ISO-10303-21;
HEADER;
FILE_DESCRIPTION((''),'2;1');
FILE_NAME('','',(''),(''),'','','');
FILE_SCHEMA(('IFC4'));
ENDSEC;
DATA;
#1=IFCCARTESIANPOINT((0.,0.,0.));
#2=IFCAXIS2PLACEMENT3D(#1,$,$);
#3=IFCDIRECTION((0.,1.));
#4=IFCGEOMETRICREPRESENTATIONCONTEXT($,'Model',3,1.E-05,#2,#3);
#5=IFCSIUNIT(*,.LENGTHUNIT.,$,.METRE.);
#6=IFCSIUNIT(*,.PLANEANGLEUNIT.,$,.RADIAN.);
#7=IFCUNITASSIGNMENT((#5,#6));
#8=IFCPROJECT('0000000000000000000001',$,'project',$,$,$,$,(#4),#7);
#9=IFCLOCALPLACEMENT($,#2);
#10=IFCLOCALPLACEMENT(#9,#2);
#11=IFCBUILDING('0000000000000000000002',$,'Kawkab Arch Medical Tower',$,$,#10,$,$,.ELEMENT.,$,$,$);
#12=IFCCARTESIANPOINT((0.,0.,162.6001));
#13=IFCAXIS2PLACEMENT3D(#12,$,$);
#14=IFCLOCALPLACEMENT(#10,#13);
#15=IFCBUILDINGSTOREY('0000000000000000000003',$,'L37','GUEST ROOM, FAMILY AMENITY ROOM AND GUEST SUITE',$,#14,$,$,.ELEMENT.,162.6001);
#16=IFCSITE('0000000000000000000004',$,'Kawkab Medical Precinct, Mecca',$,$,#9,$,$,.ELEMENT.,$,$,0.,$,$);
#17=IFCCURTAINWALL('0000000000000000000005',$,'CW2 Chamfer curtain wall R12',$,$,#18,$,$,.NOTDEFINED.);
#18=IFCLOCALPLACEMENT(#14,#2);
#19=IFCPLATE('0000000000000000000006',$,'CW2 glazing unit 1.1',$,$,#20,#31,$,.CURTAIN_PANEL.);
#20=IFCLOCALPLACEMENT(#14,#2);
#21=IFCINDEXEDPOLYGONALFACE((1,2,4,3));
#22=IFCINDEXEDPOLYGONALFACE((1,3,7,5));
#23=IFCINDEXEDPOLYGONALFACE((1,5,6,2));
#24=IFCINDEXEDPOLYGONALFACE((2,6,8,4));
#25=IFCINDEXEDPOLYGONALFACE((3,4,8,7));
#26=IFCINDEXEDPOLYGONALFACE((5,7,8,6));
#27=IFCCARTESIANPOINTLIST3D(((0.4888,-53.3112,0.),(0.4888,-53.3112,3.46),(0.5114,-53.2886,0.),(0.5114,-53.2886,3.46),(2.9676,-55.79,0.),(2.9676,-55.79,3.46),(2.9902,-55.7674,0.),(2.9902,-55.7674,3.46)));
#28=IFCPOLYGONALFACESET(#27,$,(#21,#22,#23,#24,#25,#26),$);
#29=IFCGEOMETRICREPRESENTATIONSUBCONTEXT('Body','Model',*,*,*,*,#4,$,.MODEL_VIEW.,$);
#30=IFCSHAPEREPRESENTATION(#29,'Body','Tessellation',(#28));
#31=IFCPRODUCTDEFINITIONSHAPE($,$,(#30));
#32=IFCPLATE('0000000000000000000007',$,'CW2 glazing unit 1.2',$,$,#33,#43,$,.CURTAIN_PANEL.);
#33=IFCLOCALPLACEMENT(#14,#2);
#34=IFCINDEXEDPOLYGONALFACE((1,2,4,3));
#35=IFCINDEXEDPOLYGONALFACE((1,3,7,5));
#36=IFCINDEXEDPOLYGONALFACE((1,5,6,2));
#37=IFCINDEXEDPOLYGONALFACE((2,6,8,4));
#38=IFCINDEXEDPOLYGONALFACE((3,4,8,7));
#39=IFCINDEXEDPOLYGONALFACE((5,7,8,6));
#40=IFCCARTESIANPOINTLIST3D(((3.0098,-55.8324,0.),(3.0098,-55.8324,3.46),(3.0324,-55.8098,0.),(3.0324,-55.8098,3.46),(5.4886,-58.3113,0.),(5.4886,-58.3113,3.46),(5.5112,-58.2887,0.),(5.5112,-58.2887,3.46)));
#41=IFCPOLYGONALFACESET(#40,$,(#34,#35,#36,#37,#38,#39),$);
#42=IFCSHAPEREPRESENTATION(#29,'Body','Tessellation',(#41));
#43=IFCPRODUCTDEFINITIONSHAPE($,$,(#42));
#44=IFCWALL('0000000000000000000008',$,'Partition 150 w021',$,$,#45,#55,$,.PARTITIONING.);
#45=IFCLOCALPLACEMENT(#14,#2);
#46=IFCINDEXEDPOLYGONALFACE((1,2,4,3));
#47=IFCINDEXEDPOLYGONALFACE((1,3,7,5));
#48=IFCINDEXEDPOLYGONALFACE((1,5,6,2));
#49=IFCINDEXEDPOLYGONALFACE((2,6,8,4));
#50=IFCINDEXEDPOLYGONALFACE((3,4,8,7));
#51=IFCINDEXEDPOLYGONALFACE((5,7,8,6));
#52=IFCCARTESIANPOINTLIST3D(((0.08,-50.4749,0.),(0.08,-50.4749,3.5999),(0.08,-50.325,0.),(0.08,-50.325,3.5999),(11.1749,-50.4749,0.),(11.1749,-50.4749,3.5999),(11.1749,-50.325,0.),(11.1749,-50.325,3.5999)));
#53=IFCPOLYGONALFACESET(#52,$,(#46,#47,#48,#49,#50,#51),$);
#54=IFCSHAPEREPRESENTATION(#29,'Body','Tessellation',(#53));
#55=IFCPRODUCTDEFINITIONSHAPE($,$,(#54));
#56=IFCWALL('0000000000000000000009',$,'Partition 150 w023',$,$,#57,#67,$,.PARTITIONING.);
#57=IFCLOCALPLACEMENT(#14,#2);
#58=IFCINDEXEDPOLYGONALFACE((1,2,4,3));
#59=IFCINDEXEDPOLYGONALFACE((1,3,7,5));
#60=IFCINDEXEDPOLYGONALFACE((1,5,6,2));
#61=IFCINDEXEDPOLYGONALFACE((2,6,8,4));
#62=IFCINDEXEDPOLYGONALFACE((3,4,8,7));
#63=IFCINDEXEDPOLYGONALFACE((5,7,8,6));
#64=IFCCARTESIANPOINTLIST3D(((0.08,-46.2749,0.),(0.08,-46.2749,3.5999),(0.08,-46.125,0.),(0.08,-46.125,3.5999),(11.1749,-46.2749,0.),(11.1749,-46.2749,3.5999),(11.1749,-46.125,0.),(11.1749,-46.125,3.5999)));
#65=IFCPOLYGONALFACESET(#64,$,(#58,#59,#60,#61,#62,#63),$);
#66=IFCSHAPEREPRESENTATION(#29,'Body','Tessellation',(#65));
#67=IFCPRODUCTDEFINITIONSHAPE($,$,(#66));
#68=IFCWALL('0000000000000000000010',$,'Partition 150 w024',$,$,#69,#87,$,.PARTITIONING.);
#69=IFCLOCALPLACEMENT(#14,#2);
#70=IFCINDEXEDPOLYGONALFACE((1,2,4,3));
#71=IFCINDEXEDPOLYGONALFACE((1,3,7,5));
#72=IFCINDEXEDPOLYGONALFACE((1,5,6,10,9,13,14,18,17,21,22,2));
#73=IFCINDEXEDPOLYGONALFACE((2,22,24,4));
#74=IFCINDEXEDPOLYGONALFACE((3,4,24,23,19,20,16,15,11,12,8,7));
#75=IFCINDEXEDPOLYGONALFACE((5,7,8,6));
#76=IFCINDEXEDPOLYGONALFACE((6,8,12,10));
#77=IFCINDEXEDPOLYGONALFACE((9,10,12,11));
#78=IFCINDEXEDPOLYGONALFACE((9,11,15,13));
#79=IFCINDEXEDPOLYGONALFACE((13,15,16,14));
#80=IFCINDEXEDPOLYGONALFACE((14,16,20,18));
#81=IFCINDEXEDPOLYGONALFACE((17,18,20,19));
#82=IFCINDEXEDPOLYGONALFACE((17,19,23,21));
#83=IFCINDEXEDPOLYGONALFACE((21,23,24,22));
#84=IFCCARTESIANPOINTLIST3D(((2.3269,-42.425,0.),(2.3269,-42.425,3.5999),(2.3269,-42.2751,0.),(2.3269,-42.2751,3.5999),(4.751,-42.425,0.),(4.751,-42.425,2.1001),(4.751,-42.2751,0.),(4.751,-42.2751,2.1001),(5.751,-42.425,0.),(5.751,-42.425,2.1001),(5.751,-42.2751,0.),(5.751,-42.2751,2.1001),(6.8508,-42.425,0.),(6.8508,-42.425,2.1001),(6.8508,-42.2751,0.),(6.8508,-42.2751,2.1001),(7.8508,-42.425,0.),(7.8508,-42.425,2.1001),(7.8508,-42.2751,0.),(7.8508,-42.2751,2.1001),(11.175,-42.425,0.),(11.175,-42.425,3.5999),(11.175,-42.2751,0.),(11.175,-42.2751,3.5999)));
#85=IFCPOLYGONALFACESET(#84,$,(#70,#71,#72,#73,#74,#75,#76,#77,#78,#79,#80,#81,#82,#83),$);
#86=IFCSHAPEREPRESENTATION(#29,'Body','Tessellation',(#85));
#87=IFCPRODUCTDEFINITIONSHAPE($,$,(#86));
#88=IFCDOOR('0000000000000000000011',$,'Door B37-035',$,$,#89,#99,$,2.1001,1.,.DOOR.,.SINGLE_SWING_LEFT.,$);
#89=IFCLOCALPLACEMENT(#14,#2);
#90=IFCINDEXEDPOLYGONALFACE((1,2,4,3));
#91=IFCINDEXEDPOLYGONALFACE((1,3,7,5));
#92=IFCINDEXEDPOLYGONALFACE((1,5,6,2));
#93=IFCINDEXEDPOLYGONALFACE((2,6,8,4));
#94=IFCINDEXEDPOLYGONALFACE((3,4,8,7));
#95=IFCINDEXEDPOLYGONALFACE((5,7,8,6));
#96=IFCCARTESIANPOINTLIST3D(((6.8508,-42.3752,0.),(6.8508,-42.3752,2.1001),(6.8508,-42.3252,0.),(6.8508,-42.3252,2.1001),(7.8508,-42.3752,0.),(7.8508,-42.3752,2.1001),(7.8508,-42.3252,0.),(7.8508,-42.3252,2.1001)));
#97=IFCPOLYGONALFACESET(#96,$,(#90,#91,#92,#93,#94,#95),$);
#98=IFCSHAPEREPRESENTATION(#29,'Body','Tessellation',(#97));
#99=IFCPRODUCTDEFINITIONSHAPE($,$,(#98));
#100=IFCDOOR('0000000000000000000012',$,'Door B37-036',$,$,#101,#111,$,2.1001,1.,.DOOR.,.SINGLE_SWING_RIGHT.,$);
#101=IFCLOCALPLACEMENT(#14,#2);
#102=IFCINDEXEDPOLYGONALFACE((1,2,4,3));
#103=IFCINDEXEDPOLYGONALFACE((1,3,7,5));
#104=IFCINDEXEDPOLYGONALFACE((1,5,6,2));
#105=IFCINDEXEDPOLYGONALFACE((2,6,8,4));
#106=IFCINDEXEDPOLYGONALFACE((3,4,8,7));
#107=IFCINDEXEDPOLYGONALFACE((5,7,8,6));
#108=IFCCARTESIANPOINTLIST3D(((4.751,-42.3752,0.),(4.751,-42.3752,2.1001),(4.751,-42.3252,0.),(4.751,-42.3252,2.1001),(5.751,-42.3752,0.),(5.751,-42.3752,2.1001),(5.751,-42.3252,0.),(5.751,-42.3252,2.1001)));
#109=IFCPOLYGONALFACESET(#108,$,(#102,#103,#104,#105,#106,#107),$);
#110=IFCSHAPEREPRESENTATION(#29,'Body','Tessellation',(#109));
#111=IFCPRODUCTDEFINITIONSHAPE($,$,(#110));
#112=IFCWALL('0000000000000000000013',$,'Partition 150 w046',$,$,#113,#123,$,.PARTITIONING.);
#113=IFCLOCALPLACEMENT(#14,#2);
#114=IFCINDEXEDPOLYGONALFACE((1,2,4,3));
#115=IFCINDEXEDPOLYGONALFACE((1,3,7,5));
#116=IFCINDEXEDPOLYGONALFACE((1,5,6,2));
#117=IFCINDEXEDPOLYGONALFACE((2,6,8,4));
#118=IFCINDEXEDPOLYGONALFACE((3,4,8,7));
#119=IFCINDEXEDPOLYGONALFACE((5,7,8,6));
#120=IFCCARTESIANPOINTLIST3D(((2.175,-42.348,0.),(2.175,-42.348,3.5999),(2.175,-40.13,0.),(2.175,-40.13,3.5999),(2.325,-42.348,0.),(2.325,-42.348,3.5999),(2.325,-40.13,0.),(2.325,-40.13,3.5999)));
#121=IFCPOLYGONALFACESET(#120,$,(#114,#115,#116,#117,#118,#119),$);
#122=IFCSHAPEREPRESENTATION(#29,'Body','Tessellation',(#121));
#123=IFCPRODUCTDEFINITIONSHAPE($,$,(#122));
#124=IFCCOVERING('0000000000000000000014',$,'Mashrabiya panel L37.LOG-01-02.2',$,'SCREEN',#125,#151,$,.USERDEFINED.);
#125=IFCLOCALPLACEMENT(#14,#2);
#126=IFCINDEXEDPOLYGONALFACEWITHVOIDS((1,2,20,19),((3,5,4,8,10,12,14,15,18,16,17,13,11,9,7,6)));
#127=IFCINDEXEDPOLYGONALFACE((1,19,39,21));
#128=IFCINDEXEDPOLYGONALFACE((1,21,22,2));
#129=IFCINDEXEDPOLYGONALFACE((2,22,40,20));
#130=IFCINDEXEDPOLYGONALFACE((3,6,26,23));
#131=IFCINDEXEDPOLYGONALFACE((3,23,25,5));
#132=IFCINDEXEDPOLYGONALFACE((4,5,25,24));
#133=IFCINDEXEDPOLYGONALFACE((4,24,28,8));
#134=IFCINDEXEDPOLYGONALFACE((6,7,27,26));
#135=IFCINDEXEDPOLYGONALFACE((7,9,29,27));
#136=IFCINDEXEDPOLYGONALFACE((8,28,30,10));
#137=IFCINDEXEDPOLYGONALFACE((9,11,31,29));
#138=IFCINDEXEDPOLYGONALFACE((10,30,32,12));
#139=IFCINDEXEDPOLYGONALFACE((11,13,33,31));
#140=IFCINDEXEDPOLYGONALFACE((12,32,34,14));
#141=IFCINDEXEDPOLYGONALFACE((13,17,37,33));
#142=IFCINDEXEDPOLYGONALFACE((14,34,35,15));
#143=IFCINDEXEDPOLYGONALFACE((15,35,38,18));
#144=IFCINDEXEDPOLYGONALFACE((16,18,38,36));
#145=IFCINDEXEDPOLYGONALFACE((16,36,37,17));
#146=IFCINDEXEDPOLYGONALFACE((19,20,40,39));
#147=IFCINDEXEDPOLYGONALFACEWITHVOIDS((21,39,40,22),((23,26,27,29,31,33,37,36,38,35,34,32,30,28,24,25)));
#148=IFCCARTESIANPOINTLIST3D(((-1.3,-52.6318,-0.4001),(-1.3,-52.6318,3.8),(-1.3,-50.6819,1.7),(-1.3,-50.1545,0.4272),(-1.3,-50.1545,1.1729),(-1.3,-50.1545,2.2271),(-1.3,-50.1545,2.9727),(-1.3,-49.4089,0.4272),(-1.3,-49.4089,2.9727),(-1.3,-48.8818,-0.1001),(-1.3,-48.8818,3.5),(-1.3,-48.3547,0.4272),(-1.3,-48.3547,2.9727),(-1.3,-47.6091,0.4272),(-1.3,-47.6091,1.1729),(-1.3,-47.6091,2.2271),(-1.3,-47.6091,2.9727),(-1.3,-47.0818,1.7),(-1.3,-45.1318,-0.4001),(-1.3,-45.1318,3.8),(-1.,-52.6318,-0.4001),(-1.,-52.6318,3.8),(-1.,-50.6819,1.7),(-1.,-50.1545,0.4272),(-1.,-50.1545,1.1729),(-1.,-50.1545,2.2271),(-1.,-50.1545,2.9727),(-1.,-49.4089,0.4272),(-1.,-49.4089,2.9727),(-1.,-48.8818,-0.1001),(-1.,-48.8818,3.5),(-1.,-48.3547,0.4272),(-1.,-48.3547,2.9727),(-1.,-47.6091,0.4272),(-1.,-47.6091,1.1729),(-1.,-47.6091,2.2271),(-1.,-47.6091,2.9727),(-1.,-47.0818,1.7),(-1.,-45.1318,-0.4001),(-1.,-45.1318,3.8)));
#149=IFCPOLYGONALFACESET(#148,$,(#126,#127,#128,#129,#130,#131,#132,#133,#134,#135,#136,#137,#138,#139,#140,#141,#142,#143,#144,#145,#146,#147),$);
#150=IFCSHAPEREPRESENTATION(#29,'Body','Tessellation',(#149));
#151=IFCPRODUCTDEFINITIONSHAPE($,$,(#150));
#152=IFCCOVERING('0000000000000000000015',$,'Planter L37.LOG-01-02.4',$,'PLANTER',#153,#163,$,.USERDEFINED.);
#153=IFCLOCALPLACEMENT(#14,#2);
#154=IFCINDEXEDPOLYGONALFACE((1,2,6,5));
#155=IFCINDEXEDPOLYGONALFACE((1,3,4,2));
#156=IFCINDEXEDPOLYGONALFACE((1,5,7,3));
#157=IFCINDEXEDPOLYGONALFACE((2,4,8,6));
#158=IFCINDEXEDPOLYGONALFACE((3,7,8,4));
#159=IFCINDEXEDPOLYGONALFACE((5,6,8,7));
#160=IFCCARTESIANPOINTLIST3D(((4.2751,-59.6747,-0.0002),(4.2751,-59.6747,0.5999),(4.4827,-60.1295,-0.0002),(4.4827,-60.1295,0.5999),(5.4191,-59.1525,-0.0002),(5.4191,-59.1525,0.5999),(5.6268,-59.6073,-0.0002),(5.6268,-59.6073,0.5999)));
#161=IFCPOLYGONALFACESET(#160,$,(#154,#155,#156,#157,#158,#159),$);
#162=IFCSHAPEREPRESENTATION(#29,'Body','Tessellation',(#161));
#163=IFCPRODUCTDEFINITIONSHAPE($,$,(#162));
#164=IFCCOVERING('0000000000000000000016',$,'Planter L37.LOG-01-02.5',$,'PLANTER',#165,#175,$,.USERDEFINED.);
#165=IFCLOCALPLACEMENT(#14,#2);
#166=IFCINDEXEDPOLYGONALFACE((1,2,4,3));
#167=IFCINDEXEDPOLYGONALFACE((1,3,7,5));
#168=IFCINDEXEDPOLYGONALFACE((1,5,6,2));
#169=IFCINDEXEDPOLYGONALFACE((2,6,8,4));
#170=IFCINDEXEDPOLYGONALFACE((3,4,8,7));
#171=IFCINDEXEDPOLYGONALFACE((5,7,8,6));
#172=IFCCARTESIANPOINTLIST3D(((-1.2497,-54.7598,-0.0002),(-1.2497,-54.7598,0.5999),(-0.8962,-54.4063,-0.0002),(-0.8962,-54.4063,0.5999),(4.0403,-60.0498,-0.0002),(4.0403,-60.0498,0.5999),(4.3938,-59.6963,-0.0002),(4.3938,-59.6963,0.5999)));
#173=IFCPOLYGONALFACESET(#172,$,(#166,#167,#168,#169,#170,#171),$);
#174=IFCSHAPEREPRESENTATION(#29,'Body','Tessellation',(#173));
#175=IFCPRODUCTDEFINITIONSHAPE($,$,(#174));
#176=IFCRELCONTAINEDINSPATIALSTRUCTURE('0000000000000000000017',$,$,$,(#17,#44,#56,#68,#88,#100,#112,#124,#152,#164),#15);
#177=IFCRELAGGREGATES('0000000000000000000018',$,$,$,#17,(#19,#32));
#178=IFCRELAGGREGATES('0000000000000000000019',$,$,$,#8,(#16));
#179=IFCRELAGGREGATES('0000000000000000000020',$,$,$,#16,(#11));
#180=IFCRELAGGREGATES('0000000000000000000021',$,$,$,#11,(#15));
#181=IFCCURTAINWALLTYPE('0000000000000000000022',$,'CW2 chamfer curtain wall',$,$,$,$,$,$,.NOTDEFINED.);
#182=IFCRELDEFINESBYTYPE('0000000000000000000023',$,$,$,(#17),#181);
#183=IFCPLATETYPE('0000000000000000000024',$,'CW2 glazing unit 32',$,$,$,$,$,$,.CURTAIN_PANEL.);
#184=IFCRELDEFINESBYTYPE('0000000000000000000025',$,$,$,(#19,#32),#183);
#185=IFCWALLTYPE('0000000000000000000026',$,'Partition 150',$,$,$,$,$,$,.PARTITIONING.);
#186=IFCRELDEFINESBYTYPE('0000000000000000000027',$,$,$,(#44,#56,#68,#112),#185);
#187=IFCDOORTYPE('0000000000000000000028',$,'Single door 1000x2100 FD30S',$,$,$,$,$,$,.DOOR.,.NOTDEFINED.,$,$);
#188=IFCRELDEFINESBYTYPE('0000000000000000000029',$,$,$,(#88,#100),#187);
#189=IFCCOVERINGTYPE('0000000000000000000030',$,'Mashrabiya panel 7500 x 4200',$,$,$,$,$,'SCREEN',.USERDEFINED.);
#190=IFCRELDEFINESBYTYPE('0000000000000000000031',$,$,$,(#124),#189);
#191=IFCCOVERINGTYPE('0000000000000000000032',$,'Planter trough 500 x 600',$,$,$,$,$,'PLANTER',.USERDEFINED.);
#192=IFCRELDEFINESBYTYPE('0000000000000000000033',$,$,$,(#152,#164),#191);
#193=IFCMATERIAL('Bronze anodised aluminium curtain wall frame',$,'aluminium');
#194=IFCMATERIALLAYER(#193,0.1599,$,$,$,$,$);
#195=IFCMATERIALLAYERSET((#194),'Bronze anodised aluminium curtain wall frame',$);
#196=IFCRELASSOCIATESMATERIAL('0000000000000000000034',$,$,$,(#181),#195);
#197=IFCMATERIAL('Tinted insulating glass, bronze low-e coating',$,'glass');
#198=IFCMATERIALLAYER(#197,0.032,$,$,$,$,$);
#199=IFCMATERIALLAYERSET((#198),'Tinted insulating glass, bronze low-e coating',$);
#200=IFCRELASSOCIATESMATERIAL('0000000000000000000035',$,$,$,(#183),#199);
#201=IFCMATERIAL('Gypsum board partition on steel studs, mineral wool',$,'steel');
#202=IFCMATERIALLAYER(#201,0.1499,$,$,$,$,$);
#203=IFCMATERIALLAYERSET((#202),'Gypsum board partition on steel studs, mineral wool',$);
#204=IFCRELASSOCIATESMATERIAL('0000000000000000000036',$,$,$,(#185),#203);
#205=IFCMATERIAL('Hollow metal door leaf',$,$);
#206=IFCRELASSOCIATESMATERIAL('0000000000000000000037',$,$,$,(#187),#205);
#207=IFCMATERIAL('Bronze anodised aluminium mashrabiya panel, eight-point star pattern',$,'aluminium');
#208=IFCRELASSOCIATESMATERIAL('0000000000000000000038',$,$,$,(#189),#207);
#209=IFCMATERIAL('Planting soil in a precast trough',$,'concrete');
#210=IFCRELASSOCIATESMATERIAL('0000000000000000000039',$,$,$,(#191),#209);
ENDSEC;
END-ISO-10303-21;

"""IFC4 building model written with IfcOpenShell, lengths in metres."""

from ifc_helpers import new_model, si_unit, direction, frame, frame_2d, origin, origin_2d, place, context, subcontext, project, spatial, polyline, rectangle, outline, extrude, material, layer, layer_set, material_profile, profile_set, type_object, element, fill, aggregate, save


model = new_model("IFC4")

# Units and contexts
model_context = context("Model", 3, precision=1e-05, world=origin(), true_north=direction((0.0, 1.0)))
body_context = subcontext(model_context, "Body", "Model", "MODEL_VIEW")
ifc_project = project(units=[si_unit("LENGTHUNIT", "METRE"), si_unit("PLANEANGLEUNIT", "RADIAN")], contexts=[model_context])

# Site, building, storey
site_placement = place(None, origin())
site = spatial("IfcSite", under=ifc_project, at=site_placement, Name="Kawkab Medical Precinct, Mecca", CompositionType="ELEMENT", RefElevation=0.0)
building_placement = place(site_placement, origin())
building = spatial("IfcBuilding", under=site, at=building_placement, Name="Kawkab Arch Medical Tower", CompositionType="ELEMENT")
storey_placement = place(building_placement, frame((0.0, 0.0, 162.6001)))
storey = spatial("IfcBuildingStorey", under=building, at=storey_placement, Name="L37", Description="GUEST ROOM, FAMILY AMENITY ROOM AND GUEST SUITE", CompositionType="ELEMENT", Elevation=162.6001)

# Shared definitions
placement = place(storey_placement, origin())

# Curtain wall
ifc_material_1 = material(Name="Bronze anodised aluminium curtain wall frame", Category="aluminium")
ifc_layer_1 = layer(ifc_material_1, 0.1599)
ifc_layer_set_1 = layer_set([ifc_layer_1], Name="Bronze anodised aluminium curtain wall frame")
curtain_wall_type_1 = type_object("IfcCurtainWallType", Name="CW2 chamfer curtain wall", PredefinedType="NOTDEFINED", material=ifc_layer_set_1)
curtain_wall_1 = element("IfcCurtainWall", 1, at=placement, inside=storey, type_object=curtain_wall_type_1, Name="CW2 Chamfer curtain wall R12", PredefinedType="NOTDEFINED")

# Plates
ifc_material_2 = material(Name="Tinted insulating glass, bronze low-e coating", Category="glass")
ifc_layer_2 = layer(ifc_material_2, 0.032)
ifc_layer_set_2 = layer_set([ifc_layer_2], Name="Tinted insulating glass, bronze low-e coating")
plate_type_1 = type_object("IfcPlateType", Name="CW2 glazing unit 32", PredefinedType="CURTAIN_PANEL", material=ifc_layer_set_2)
plate_1_placement = place(storey_placement, frame((1.7395, -54.5393, 0.0), z_axis=(0.0, 0.0, 1.0), x_axis=(0.707107, -0.707107, 0.0)))
plate_1 = element("IfcPlate", 2, at=plate_1_placement, type_object=plate_type_1, Name="CW2 glazing unit 1.1", PredefinedType="CURTAIN_PANEL", context=body_context, shape_type="SweptSolid", body=[
    extrude(rectangle(XDim=3.5056, YDim=0.032, at=origin_2d()), origin(), (0.0, 0.0, 1.0), 3.46),
])
plate_2_placement = place(storey_placement, frame((4.2605, -57.0605, 0.0), z_axis=(0.0, 0.0, 1.0), x_axis=(0.707107, -0.707107, 0.0)))
plate_2 = element("IfcPlate", 3, at=plate_2_placement, type_object=plate_type_1, Name="CW2 glazing unit 1.2", PredefinedType="CURTAIN_PANEL", context=body_context, shape_type="SweptSolid", body=[
    extrude(rectangle(XDim=3.5056, YDim=0.032, at=origin_2d()), origin(), (0.0, 0.0, 1.0), 3.46),
])
aggregate(curtain_wall_1, [plate_1, plate_2])

# Walls
ifc_material_3 = material(Name="Gypsum board partition on steel studs, mineral wool", Category="steel")
ifc_layer_3 = layer(ifc_material_3, 0.1499)
ifc_layer_set_3 = layer_set([ifc_layer_3], Name="Gypsum board partition on steel studs, mineral wool")
wall_type = type_object("IfcWallType", Name="Partition 150", PredefinedType="PARTITIONING", material=ifc_layer_set_3)
for number, where, z_axis, x_axis, name in (
    (4, (0.0801, -50.3999, 0.0), (0.0, 0.0, 1.0), (1.0, 0.0, 0.0), "Partition 150 w021"),
    (5, (0.0801, -46.2, 0.0), (0.0, 0.0, 1.0), (1.0, 0.0, 0.0), "Partition 150 w023"),
):
    element("IfcWall", number, at=place(storey_placement, frame(where, z_axis=z_axis, x_axis=x_axis)), inside=storey, type_object=wall_type, Name=name, PredefinedType="PARTITIONING", context=body_context, shape_type="SweptSolid", body=[
        extrude(rectangle(XDim=11.095, YDim=0.1499, at=frame_2d((5.5474, 0.0))), origin(), (0.0, 0.0, 1.0), 3.5999),
    ])

# Wall, openings, doors
wall_1_placement = place(storey_placement, frame((2.3269, -42.3501, 0.0), z_axis=(0.0, 0.0, 1.0), x_axis=(1.0, 0.0, 0.0)))
wall_1 = element("IfcWall", 6, at=wall_1_placement, inside=storey, type_object=wall_type, Name="Partition 150 w024", PredefinedType="PARTITIONING", context=body_context, shape_type="SweptSolid", body=[
    extrude(rectangle(XDim=8.8481, YDim=0.1499, at=frame_2d((4.4241, 0.0))), origin(), (0.0, 0.0, 1.0), 3.5999),
])
opening_1_placement = place(wall_1_placement, frame((4.5239, 0.0, 0.0)))
opening_1 = element("IfcOpeningElement", 7, at=opening_1_placement, cuts=wall_1, PredefinedType="OPENING", context=body_context, shape_type="SweptSolid", body=[
    extrude(rectangle(XDim=1.0, YDim=2.1001, at=frame_2d((0.5, 1.05))), frame((0.0, 0.085, 0.0), z_axis=(0.0, -1.0, 0.0), x_axis=(1.0, 0.0, 0.0)), (0.0, 0.0, 1.0), 0.1699),
])
opening_2_placement = place(wall_1_placement, frame((2.4241, 0.0, 0.0)))
opening_2 = element("IfcOpeningElement", 8, at=opening_2_placement, cuts=wall_1, PredefinedType="OPENING", context=body_context, shape_type="SweptSolid", body=[
    extrude(rectangle(XDim=1.0, YDim=2.1001, at=frame_2d((0.5, 1.05))), frame((0.0, 0.085, 0.0), z_axis=(0.0, -1.0, 0.0), x_axis=(1.0, 0.0, 0.0)), (0.0, 0.0, 1.0), 0.1699),
])
ifc_material_4 = material(Name="Hollow metal door leaf")
door_type = type_object("IfcDoorType", Name="Single door 1000x2100 FD30S", OperationType="NOTDEFINED", PredefinedType="DOOR", material=ifc_material_4)
door_1_placement = place(opening_1_placement, origin())
door_1 = element("IfcDoor", 9, at=door_1_placement, inside=storey, type_object=door_type, Name="Door B37-035", OperationType="SINGLE_SWING_LEFT", OverallHeight=2.1001, OverallWidth=1.0, PredefinedType="DOOR", context=body_context, shape_type="SweptSolid", body=[
    extrude(rectangle(XDim=1.0, YDim=2.1001, at=frame_2d((0.5, 1.05))), frame((0.0, 0.0249, 0.0), z_axis=(0.0, -1.0, 0.0), x_axis=(1.0, 0.0, 0.0)), (0.0, 0.0, 1.0), 0.05),
])
fill(opening_1, door_1)
door_2_placement = place(opening_2_placement, origin())
door_2 = element("IfcDoor", 10, at=door_2_placement, inside=storey, type_object=door_type, Name="Door B37-036", OperationType="SINGLE_SWING_RIGHT", OverallHeight=2.1001, OverallWidth=1.0, PredefinedType="DOOR", context=body_context, shape_type="SweptSolid", body=[
    extrude(rectangle(XDim=1.0, YDim=2.1001, at=frame_2d((0.5, 1.05))), frame((0.0, 0.0249, 0.0), z_axis=(0.0, -1.0, 0.0), x_axis=(1.0, 0.0, 0.0)), (0.0, 0.0, 1.0), 0.05),
])
fill(opening_2, door_2)

# Wall
wall_2_placement = place(storey_placement, frame((2.25, -42.3479, 0.0), z_axis=(0.0, 0.0, 1.0), x_axis=(0.0, 1.0, 0.0)))
element("IfcWall", 11, at=wall_2_placement, inside=storey, type_object=wall_type, Name="Partition 150 w046", PredefinedType="PARTITIONING", context=body_context, shape_type="SweptSolid", body=[
    extrude(rectangle(XDim=2.218, YDim=0.1499, at=frame_2d((1.1089, 0.0))), origin(), (0.0, 0.0, 1.0), 3.5999),
])

# Coverings
ifc_material_5 = material(Name="Bronze anodised aluminium mashrabiya panel, eight-point star pattern", Category="aluminium")
ifc_material_profile_1 = material_profile(ifc_material_5, outline(polyline([(-3.75, -2.1001), (3.75, -2.1001), (3.75, 2.1001), (-3.75, 2.1001), (-3.75, -2.1001)]), holes=[polyline([(1.8, 0.0), (1.2727, 0.5271), (1.2727, 1.2727), (0.5271, 1.2727), (0.0, 1.8), (-0.5271, 1.2727), (-1.2727, 1.2727), (-1.2727, 0.5271), (-1.8, 0.0), (-1.2727, -0.5271), (-1.2727, -1.2727), (-0.5271, -1.2727), (0.0, -1.8), (0.5271, -1.2727), (1.2727, -1.2727), (1.2727, -0.5271), (1.8, 0.0)])]), Name="Mashrabiya panel 7500x4200")
ifc_profile_set_1 = profile_set([ifc_material_profile_1], Name="Bronze anodised aluminium mashrabiya panel, eight-point star pattern")
covering_type_1 = type_object("IfcCoveringType", Name="Mashrabiya panel 7500 x 4200", ElementType="SCREEN", PredefinedType="USERDEFINED", material=ifc_profile_set_1)
covering_1_placement = place(storey_placement, frame((-1.0, -48.8818, 1.7), z_axis=(-1.0, 0.0, 0.0), x_axis=(0.0, -1.0, 0.0)))
element("IfcCovering", 12, at=covering_1_placement, inside=storey, type_object=covering_type_1, Name="Mashrabiya panel L37.LOG-01-02.2", ObjectType="SCREEN", PredefinedType="USERDEFINED", context=body_context, shape_type="SweptSolid", body=[
    extrude(outline(polyline([(-3.75, -2.1001), (3.75, -2.1001), (3.75, 2.1001), (-3.75, 2.1001), (-3.75, -2.1001)]), holes=[polyline([(1.8, 0.0), (1.2727, 0.5271), (1.2727, 1.2727), (0.5271, 1.2727), (0.0, 1.8), (-0.5271, 1.2727), (-1.2727, 1.2727), (-1.2727, 0.5271), (-1.8, 0.0), (-1.2727, -0.5271), (-1.2727, -1.2727), (-0.5271, -1.2727), (0.0, -1.8), (0.5271, -1.2727), (1.2727, -1.2727), (1.2727, -0.5271), (1.8, 0.0)])]), origin(), (0.0, 0.0, 1.0), 0.3),
])
ifc_material_6 = material(Name="Planting soil in a precast trough", Category="concrete")
ifc_material_profile_2 = material_profile(ifc_material_6, rectangle(XDim=0.5, YDim=0.6001, at=origin_2d()), Name="Trough 500x600")
ifc_profile_set_2 = profile_set([ifc_material_profile_2], Name="Planting soil in a precast trough")
covering_type_2 = type_object("IfcCoveringType", Name="Planter trough 500 x 600", ElementType="PLANTER", PredefinedType="USERDEFINED", material=ifc_profile_set_2)
covering_2_placement = place(storey_placement, frame((5.5229, -59.3799, 0.2998), z_axis=(-0.909707, -0.41525, 0.0), x_axis=(0.41525, -0.909707, 0.0)))
element("IfcCovering", 13, at=covering_2_placement, inside=storey, type_object=covering_type_2, Name="Planter L37.LOG-01-02.4", ObjectType="PLANTER", PredefinedType="USERDEFINED", context=body_context, shape_type="SweptSolid", body=[
    extrude(rectangle(XDim=0.5, YDim=0.6001, at=origin_2d()), origin(), (0.0, 0.0, 1.0), 1.2576),
])
covering_3_placement = place(storey_placement, frame((4.217, -59.873, 0.2998), z_axis=(-0.707107, 0.707107, 0.0), x_axis=(-0.707107, -0.707107, 0.0)))
element("IfcCovering", 14, at=covering_3_placement, inside=storey, type_object=covering_type_2, Name="Planter L37.LOG-01-02.5", ObjectType="PLANTER", PredefinedType="USERDEFINED", context=body_context, shape_type="SweptSolid", body=[
    extrude(rectangle(XDim=0.5, YDim=0.6001, at=origin_2d()), origin(), (0.0, 0.0, 1.0), 7.4812),
])

save(model, "model.ifc")
